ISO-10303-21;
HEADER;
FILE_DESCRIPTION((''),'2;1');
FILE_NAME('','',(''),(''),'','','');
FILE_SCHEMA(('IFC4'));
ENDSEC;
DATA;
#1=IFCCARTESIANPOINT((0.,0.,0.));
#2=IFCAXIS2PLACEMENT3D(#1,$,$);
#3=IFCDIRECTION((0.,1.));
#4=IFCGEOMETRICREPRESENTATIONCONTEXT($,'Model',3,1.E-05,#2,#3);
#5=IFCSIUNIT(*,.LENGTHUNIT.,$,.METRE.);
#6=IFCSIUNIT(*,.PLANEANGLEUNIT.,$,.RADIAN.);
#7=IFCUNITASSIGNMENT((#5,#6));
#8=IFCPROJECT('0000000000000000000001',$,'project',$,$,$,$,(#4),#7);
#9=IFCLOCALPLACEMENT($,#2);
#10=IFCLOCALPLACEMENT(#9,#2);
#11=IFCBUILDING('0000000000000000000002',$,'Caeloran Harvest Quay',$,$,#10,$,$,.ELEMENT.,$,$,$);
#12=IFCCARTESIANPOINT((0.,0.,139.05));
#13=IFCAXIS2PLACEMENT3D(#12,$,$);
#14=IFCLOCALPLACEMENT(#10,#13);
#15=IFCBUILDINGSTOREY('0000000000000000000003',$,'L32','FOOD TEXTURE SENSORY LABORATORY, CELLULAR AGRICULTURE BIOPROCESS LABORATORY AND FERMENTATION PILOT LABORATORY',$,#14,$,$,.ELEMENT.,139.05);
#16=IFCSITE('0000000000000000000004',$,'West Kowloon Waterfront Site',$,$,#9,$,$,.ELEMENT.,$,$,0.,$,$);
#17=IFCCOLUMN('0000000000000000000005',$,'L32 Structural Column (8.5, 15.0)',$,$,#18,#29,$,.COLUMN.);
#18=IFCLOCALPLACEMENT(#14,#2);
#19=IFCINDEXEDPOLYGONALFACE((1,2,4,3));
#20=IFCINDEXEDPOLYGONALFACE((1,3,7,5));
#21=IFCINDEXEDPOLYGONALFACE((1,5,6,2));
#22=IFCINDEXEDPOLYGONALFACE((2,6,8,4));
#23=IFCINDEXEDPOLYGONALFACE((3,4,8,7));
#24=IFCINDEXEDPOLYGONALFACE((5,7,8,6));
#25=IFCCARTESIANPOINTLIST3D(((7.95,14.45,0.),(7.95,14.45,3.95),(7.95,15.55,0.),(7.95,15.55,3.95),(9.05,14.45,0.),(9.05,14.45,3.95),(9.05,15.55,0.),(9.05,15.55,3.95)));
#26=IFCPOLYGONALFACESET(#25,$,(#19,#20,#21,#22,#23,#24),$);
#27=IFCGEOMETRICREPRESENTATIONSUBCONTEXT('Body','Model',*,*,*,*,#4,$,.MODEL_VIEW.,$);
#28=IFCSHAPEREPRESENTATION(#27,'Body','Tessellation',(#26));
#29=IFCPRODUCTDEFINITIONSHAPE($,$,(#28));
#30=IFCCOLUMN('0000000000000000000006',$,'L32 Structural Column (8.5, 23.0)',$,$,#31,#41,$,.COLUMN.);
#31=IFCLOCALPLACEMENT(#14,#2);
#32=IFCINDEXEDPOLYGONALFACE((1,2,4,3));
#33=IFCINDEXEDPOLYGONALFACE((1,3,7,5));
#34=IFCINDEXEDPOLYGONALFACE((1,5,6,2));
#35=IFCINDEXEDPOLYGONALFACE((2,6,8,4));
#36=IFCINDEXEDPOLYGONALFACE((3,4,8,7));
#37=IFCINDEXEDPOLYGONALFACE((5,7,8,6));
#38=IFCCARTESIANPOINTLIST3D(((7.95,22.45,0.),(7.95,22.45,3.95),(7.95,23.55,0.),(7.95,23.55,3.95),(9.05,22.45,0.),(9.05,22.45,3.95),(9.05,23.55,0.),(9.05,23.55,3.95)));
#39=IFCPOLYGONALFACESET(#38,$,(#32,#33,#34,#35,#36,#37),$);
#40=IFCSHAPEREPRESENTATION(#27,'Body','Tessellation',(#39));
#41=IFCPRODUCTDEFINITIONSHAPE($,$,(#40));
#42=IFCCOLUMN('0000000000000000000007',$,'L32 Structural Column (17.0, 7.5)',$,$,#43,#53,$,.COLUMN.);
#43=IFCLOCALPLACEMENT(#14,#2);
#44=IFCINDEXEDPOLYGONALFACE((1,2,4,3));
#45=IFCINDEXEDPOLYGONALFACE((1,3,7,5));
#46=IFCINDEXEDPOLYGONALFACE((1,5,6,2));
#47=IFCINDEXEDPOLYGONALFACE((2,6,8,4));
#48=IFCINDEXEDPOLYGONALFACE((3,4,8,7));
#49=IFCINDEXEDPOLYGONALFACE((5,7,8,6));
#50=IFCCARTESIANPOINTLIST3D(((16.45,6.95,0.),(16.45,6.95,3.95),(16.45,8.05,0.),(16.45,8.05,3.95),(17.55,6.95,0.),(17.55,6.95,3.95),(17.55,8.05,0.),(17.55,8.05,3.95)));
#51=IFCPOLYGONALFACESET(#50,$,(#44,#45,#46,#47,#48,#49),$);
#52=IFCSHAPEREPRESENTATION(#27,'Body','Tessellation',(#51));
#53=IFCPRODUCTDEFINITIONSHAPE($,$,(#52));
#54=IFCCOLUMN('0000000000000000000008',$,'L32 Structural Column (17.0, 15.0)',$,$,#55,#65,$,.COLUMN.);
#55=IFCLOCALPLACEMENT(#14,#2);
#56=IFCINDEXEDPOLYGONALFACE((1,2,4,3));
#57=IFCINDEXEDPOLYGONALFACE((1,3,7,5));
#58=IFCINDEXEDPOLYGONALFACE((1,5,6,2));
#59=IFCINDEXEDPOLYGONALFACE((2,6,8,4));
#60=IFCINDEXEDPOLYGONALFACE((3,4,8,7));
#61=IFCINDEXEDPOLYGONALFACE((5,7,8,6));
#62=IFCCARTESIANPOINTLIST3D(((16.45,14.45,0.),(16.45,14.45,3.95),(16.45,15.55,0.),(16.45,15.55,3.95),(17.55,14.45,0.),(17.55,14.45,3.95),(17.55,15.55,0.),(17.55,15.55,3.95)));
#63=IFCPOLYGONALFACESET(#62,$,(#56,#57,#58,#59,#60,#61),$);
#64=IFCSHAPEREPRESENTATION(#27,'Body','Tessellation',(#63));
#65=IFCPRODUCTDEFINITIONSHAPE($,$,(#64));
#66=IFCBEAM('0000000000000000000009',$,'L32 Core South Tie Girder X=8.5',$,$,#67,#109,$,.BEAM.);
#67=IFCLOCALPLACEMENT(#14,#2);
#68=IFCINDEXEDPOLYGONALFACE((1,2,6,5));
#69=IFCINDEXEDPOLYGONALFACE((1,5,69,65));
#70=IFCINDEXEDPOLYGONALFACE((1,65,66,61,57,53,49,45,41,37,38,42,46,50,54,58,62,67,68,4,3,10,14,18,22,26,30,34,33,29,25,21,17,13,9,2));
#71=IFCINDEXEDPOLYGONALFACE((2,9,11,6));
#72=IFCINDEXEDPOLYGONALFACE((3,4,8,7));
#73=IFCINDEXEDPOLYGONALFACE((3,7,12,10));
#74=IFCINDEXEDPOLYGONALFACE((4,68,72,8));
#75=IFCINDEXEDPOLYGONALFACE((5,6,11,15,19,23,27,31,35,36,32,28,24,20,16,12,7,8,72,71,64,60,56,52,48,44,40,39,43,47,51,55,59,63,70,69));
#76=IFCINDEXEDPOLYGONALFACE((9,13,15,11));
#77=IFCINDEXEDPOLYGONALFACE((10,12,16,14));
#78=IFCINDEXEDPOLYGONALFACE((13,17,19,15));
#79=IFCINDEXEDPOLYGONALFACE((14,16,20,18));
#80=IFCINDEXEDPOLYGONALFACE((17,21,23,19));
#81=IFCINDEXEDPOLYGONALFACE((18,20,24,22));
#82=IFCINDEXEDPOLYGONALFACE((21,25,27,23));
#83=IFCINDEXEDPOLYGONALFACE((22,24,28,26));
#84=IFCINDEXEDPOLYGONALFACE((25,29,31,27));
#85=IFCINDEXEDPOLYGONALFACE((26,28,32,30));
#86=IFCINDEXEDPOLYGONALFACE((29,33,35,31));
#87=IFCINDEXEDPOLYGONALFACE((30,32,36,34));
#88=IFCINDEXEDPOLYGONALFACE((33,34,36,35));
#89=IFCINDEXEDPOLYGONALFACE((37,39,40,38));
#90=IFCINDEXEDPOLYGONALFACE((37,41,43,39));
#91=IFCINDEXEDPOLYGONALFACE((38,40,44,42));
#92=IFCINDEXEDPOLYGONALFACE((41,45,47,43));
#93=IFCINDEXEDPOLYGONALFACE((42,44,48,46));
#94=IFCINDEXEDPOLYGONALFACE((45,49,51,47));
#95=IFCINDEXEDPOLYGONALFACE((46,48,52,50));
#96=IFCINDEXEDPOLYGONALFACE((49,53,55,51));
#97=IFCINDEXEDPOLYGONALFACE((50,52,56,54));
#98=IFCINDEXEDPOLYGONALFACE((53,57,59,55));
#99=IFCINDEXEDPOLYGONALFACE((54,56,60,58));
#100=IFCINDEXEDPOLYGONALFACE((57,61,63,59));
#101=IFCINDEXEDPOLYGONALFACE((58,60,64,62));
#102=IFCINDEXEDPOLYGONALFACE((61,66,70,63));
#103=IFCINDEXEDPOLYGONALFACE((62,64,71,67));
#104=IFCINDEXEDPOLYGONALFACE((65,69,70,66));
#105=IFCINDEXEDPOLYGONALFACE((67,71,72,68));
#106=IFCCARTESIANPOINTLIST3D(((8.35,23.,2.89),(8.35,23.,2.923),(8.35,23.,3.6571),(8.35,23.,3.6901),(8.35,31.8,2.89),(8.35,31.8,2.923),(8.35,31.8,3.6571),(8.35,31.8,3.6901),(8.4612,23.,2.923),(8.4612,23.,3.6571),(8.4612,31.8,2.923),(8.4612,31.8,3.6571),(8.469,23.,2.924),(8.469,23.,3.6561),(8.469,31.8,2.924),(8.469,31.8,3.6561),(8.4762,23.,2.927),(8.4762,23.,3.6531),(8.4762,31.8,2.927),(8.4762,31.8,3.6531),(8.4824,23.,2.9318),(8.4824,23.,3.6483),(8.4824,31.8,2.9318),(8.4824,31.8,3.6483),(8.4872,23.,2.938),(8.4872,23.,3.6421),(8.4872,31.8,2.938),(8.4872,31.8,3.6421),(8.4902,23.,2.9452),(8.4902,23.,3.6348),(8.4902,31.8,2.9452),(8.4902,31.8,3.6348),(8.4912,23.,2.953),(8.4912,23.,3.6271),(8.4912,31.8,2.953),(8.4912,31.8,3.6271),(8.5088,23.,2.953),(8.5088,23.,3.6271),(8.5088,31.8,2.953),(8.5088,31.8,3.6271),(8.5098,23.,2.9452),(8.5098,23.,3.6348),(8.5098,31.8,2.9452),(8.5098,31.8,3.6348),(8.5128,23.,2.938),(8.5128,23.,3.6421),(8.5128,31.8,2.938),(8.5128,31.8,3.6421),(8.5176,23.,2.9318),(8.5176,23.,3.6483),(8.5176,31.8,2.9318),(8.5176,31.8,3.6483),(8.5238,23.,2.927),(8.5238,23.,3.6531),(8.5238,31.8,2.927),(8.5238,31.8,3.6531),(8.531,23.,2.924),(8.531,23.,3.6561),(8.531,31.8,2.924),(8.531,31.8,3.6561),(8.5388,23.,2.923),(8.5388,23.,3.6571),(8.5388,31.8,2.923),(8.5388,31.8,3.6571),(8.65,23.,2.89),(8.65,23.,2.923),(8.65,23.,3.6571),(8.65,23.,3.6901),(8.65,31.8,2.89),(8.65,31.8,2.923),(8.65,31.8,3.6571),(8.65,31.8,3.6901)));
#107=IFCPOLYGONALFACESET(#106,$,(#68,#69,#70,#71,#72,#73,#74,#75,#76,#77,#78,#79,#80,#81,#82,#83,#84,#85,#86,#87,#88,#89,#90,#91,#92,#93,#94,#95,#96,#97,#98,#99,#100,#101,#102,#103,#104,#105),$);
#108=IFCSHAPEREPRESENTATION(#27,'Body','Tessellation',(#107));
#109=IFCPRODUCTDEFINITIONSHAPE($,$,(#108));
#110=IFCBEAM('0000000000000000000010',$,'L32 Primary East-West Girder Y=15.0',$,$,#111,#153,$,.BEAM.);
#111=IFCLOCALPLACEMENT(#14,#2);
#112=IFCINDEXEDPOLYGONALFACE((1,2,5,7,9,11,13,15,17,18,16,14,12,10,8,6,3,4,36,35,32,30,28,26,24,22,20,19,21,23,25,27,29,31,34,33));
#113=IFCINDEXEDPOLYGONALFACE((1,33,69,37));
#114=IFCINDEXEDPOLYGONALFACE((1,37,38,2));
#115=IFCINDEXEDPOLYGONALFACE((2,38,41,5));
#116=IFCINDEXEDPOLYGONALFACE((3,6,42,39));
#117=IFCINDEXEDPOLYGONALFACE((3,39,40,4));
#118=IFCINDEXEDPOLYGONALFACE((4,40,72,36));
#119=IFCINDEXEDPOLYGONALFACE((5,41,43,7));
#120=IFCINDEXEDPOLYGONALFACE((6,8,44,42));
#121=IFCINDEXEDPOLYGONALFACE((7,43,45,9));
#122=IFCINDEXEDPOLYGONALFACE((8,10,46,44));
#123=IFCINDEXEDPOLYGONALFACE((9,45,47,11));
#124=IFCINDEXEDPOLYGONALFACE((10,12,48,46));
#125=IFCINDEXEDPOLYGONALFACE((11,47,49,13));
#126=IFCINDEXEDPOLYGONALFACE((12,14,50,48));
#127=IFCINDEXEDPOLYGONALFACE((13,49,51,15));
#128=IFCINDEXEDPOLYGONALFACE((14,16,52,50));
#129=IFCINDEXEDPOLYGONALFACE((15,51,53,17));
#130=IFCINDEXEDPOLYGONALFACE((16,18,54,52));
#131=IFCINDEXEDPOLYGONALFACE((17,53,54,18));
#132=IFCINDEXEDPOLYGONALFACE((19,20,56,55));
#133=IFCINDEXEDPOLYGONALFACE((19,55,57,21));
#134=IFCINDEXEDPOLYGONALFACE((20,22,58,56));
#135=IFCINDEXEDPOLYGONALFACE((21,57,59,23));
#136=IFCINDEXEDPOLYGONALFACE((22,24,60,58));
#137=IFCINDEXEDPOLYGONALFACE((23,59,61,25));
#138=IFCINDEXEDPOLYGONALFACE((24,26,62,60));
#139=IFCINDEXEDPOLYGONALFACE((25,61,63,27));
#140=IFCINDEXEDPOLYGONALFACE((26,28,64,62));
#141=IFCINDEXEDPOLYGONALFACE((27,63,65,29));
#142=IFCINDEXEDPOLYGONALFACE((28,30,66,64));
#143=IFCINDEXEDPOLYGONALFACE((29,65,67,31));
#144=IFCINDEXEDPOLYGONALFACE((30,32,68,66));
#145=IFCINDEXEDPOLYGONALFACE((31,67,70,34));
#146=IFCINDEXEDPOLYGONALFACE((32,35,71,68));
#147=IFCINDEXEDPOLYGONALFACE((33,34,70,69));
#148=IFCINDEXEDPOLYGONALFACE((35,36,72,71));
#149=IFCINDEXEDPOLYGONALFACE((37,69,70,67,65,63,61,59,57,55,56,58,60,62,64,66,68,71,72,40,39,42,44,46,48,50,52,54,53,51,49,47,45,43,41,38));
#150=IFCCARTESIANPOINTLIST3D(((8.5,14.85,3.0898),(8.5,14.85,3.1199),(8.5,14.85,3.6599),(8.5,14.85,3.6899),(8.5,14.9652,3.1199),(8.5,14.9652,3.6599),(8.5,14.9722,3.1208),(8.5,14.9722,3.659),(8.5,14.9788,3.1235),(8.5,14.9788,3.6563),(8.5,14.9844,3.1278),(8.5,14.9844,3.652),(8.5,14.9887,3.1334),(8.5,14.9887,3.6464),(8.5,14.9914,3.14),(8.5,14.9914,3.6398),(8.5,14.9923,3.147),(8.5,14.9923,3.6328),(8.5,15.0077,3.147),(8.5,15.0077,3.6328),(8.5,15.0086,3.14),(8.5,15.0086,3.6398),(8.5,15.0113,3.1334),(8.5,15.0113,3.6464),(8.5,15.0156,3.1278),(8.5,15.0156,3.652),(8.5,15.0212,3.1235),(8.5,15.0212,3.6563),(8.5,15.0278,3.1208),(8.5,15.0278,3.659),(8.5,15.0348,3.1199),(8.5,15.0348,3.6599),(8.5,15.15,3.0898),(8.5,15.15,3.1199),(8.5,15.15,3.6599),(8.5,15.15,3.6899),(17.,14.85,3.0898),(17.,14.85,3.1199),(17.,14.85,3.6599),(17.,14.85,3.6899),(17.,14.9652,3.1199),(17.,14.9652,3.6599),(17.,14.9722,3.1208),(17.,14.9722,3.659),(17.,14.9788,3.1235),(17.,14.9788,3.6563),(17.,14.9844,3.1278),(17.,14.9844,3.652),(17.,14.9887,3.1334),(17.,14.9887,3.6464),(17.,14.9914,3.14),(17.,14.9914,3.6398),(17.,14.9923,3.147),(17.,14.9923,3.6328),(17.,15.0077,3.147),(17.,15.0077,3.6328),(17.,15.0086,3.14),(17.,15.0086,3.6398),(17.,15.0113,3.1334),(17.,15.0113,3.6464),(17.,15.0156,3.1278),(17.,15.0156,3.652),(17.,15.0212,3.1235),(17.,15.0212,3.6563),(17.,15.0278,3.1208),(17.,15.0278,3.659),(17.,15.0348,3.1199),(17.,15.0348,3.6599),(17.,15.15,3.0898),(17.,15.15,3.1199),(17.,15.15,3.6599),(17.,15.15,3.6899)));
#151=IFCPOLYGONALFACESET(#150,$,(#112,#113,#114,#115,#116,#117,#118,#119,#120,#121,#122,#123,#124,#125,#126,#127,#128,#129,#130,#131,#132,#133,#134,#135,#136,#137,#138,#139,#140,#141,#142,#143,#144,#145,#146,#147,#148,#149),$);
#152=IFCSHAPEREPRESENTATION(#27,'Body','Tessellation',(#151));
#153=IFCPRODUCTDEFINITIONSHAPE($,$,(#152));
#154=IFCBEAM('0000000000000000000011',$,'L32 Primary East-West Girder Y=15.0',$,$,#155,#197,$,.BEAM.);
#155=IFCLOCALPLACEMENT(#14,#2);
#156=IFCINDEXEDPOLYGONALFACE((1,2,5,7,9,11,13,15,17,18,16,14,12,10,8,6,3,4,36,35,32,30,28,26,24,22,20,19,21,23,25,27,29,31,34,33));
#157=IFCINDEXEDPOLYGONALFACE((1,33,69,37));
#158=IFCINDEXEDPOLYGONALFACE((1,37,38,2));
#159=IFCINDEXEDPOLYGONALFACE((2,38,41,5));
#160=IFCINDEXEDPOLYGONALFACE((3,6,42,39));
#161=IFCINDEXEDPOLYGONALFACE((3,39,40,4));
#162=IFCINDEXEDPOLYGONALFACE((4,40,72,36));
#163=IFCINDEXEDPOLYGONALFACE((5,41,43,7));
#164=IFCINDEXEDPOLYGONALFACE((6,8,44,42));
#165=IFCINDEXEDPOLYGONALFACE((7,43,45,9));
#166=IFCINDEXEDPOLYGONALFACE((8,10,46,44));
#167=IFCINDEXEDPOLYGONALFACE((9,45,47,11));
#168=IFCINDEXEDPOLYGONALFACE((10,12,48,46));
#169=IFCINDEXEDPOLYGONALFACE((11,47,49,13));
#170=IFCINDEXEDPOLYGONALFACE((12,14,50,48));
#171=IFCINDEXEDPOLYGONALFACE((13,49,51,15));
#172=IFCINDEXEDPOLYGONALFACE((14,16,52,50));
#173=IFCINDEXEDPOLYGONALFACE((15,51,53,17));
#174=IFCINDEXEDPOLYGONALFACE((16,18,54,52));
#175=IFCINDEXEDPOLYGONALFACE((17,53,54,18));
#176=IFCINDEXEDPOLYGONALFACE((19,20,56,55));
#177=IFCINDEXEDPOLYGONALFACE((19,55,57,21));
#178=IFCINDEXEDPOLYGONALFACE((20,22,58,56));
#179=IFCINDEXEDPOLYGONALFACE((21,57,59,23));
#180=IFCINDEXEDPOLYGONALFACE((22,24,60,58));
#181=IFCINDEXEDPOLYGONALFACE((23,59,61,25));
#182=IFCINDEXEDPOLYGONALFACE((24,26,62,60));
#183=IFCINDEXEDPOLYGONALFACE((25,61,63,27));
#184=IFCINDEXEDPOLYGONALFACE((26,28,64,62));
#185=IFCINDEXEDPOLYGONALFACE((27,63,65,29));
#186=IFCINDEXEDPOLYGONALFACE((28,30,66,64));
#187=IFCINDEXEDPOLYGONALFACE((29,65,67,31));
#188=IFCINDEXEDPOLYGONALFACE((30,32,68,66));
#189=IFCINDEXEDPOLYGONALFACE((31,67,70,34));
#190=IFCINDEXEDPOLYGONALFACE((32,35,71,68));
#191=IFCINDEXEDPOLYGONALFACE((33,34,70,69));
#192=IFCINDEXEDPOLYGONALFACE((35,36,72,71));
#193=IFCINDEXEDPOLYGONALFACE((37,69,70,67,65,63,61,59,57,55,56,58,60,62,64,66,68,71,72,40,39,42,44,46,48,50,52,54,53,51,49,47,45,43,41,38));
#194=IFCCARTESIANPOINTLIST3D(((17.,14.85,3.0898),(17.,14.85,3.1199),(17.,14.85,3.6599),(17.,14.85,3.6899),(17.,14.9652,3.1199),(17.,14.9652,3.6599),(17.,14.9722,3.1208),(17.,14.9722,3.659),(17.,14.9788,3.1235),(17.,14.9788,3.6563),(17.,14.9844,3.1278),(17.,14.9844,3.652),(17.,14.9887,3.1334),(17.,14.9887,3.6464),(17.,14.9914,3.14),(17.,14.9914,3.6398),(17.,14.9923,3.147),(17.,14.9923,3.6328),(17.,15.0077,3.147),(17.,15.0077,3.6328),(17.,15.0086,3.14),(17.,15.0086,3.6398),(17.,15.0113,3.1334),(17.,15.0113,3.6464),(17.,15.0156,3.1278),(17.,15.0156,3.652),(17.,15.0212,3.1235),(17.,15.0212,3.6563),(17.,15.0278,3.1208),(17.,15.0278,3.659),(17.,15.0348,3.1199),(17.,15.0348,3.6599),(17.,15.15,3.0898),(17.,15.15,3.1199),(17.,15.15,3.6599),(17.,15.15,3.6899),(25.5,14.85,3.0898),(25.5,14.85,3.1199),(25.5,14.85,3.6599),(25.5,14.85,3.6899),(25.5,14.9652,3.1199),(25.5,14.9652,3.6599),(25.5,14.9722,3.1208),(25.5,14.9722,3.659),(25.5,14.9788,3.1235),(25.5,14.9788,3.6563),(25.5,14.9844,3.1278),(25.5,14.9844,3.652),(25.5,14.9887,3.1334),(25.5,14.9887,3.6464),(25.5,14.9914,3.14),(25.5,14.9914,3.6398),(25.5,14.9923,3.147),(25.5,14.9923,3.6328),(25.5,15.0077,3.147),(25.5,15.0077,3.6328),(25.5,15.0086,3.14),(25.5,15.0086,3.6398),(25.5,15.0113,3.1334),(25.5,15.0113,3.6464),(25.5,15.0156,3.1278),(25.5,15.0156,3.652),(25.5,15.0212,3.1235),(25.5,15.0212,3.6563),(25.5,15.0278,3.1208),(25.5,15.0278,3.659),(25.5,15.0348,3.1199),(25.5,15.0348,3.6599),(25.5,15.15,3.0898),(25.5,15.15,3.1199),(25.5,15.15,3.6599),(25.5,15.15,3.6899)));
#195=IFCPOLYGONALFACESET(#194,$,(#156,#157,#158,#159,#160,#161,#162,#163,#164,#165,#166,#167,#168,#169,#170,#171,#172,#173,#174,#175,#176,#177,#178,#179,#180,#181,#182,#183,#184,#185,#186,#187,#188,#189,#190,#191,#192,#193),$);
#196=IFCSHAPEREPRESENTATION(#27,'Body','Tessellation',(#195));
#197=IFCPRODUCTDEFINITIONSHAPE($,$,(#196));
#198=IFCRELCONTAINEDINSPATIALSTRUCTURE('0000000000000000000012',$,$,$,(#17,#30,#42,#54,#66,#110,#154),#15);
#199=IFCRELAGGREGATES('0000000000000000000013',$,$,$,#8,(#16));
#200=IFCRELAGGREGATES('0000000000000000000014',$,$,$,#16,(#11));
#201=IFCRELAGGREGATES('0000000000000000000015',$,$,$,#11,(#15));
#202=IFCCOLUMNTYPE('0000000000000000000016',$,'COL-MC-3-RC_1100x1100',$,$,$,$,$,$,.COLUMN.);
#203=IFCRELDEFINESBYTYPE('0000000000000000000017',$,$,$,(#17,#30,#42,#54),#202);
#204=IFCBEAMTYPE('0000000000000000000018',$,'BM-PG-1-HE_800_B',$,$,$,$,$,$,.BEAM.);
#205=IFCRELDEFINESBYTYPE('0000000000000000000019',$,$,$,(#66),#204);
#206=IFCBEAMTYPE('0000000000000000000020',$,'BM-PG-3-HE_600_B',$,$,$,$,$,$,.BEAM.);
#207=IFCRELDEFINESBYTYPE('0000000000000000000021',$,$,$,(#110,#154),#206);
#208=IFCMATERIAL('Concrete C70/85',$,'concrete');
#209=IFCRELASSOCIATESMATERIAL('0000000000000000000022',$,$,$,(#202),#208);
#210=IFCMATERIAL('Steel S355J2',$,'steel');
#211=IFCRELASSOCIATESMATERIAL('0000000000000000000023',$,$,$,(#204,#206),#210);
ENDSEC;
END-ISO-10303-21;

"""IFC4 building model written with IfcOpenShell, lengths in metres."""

from ifc_helpers import new_model, si_unit, direction, frame, origin, origin_2d, place, context, subcontext, project, spatial, rectangle, i_section, extrude, material, material_profile, profile_set, type_object, element, save


model = new_model("IFC4")

# Units and contexts
model_context = context("Model", 3, precision=1e-05, world=origin(), true_north=direction((0.0, 1.0)))
body_context = subcontext(model_context, "Body", "Model", "MODEL_VIEW")
ifc_project = project(units=[si_unit("LENGTHUNIT", "METRE"), si_unit("PLANEANGLEUNIT", "RADIAN")], contexts=[model_context])

# Site, building, storey
site_placement = place(None, origin())
site = spatial("IfcSite", under=ifc_project, at=site_placement, Name="West Kowloon Waterfront Site", CompositionType="ELEMENT", RefElevation=0.0)
building_placement = place(site_placement, origin())
building = spatial("IfcBuilding", under=site, at=building_placement, Name="Caeloran Harvest Quay", CompositionType="ELEMENT")
storey_placement = place(building_placement, frame((0.0, 0.0, 139.05)))
storey = spatial("IfcBuildingStorey", under=building, at=storey_placement, Name="L32", Description="FOOD TEXTURE SENSORY LABORATORY, CELLULAR AGRICULTURE BIOPROCESS LABORATORY AND FERMENTATION PILOT LABORATORY", CompositionType="ELEMENT", Elevation=139.05)

# Columns
ifc_material_1 = material(Name="Concrete C70/85", Category="concrete")
ifc_material_profile_1 = material_profile(ifc_material_1, rectangle(XDim=1.1001, YDim=1.1001, at=origin_2d()), Name="RC 1100x1100")
ifc_profile_set_1 = profile_set([ifc_material_profile_1], Name="Concrete C70/85")
column_type = type_object("IfcColumnType", Name="COL-MC-3-RC_1100x1100", PredefinedType="COLUMN", material=ifc_profile_set_1)
for number, where, z_axis, x_axis, name in (
    (1, (8.5, 15.0, 0.0), (0.0, 0.0, 1.0), (1.0, 0.0, 0.0), "L32 Structural Column (8.5, 15.0)"),
    (2, (8.5, 23.0, 0.0), (0.0, 0.0, 1.0), (1.0, 0.0, 0.0), "L32 Structural Column (8.5, 23.0)"),
    (3, (17.0, 7.5, 0.0), (0.0, 0.0, 1.0), (1.0, 0.0, 0.0), "L32 Structural Column (17.0, 7.5)"),
    (4, (17.0, 15.0, 0.0), (0.0, 0.0, 1.0), (1.0, 0.0, 0.0), "L32 Structural Column (17.0, 15.0)"),
):
    element("IfcColumn", number, at=place(storey_placement, frame(where, z_axis=z_axis, x_axis=x_axis)), inside=storey, type_object=column_type, Name=name, PredefinedType="COLUMN", context=body_context, shape_type="SweptSolid", body=[
        extrude(rectangle(XDim=1.1001, YDim=1.1001, at=origin_2d()), origin(), (0.0, 0.0, 1.0), 3.95),
    ])

# Beams
ifc_material_2 = material(Name="Steel S355J2", Category="steel")
ifc_material_profile_2 = material_profile(ifc_material_2, i_section(OverallWidth=0.3, OverallDepth=0.8, WebThickness=0.0176, FlangeThickness=0.033, FilletRadius=0.03, at=origin_2d()), Name="HE 800 B")
ifc_profile_set_2 = profile_set([ifc_material_profile_2], Name="Steel S355J2")
beam_type_1 = type_object("IfcBeamType", Name="BM-PG-1-HE_800_B", PredefinedType="BEAM", material=ifc_profile_set_2)
beam_1_placement = place(storey_placement, frame((8.5, 23.0, 3.29), z_axis=(0.0, 1.0, 0.0), x_axis=(-1.0, 0.0, 0.0)))
element("IfcBeam", 5, at=beam_1_placement, inside=storey, type_object=beam_type_1, Name="L32 Core South Tie Girder X=8.5", PredefinedType="BEAM", context=body_context, shape_type="SweptSolid", body=[
    extrude(i_section(OverallWidth=0.3, OverallDepth=0.8, WebThickness=0.0176, FlangeThickness=0.033, FilletRadius=0.03, at=origin_2d()), origin(), (0.0, 0.0, 1.0), 8.8),
])
ifc_material_profile_3 = material_profile(ifc_material_2, i_section(OverallWidth=0.3, OverallDepth=0.6001, WebThickness=0.0154, FlangeThickness=0.03, FilletRadius=0.0271, at=origin_2d()), Name="HE 600 B")
ifc_profile_set_3 = profile_set([ifc_material_profile_3], Name="Steel S355J2")
beam_type_2 = type_object("IfcBeamType", Name="BM-PG-3-HE_600_B", PredefinedType="BEAM", material=ifc_profile_set_3)
for number, where, z_axis, x_axis, name in (
    (6, (8.5, 15.0, 3.3899), (1.0, 0.0, 0.0), (0.0, 1.0, 0.0), "L32 Primary East-West Girder Y=15.0"),
    (7, (17.0, 15.0, 3.3899), (1.0, 0.0, 0.0), (0.0, 1.0, 0.0), "L32 Primary East-West Girder Y=15.0"),
):
    element("IfcBeam", number, at=place(storey_placement, frame(where, z_axis=z_axis, x_axis=x_axis)), inside=storey, type_object=beam_type_2, Name=name, PredefinedType="BEAM", context=body_context, shape_type="SweptSolid", body=[
        extrude(i_section(OverallWidth=0.3, OverallDepth=0.6001, WebThickness=0.0154, FlangeThickness=0.03, FilletRadius=0.0271, at=origin_2d()), origin(), (0.0, 0.0, 1.0), 8.5),
    ])

save(model, "model.ifc")
